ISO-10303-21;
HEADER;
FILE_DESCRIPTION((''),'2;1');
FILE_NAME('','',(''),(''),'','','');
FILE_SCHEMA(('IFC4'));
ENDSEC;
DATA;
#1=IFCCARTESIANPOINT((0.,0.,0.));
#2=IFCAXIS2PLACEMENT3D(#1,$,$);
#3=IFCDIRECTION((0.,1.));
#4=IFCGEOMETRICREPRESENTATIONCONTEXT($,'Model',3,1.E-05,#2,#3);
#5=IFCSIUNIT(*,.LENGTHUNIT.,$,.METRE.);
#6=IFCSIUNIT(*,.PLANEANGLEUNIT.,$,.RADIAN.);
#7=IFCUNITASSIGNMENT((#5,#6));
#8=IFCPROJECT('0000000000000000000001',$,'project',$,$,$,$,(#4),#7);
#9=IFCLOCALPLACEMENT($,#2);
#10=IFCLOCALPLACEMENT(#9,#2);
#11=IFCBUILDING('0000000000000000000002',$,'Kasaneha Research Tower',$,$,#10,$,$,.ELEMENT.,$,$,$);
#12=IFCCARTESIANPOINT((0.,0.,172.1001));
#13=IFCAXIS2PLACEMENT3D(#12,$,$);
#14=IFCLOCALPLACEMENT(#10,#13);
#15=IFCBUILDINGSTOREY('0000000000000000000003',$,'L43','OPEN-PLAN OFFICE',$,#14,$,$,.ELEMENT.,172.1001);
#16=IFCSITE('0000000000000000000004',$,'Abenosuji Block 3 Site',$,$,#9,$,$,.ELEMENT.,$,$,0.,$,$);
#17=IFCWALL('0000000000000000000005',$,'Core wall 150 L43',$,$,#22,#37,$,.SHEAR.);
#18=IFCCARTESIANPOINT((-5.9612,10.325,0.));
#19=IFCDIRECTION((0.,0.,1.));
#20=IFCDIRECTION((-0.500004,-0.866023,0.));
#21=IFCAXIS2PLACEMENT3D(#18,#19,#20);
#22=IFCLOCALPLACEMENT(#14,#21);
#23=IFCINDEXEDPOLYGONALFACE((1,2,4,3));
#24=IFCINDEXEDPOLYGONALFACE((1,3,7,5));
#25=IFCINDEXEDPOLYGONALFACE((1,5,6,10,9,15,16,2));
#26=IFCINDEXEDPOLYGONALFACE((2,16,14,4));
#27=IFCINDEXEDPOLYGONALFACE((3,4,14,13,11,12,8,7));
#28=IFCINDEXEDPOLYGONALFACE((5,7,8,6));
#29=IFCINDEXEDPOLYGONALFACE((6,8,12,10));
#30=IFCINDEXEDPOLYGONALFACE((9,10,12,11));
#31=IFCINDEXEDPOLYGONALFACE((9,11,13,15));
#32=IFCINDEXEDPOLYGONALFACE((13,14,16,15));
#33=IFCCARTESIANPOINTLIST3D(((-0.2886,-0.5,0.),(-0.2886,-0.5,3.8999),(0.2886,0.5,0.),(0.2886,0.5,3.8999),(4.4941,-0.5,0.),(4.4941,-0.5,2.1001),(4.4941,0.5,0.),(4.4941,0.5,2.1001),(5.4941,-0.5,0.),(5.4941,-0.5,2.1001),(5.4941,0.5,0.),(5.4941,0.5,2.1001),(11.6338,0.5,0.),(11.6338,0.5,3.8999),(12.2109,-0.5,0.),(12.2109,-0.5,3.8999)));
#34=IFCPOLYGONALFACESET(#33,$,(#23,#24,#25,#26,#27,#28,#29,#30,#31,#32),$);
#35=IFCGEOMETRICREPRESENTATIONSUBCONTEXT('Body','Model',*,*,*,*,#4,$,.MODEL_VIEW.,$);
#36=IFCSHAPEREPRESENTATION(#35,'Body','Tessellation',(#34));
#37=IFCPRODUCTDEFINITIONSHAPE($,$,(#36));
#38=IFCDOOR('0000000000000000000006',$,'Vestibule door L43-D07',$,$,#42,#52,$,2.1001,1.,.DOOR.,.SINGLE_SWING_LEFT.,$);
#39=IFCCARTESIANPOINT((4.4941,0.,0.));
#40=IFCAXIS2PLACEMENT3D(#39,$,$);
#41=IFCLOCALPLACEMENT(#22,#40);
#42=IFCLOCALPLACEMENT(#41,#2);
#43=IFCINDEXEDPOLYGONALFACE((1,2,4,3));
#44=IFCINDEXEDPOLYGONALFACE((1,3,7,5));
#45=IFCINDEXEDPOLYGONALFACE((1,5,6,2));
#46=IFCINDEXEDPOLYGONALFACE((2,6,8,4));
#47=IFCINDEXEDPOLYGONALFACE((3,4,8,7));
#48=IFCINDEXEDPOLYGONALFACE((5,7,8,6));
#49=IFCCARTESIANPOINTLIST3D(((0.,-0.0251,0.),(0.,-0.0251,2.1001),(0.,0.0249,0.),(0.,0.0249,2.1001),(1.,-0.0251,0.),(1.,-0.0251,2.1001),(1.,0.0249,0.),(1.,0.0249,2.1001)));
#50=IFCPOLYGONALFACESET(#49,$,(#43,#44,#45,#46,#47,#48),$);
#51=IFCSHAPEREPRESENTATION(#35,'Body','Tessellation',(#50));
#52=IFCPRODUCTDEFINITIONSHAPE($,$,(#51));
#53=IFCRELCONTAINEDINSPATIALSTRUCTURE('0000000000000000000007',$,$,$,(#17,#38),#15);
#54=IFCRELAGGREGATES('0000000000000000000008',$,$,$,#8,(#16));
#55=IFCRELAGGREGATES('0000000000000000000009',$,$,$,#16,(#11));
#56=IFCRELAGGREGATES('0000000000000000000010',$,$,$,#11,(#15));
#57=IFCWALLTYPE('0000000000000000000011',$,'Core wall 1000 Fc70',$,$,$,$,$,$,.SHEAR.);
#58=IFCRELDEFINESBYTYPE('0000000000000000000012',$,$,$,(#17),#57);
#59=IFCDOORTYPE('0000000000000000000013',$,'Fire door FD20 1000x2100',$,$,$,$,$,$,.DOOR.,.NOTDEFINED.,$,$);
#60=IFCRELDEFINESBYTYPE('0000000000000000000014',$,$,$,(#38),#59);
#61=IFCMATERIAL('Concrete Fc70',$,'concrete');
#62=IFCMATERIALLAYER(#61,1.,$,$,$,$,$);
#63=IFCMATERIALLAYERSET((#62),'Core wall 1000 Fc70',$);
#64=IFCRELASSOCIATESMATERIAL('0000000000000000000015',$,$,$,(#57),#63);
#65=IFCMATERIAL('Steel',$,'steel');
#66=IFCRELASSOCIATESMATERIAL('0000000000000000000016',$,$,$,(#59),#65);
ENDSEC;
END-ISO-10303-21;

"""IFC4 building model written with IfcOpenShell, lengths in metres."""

from ifc_helpers import new_model, si_unit, direction, frame, frame_2d, origin, place, context, subcontext, project, spatial, polyline, rectangle, outline, extrude, material, layer, layer_set, type_object, element, fill, save


model = new_model("IFC4")

# Units and contexts
model_context = context("Model", 3, precision=1e-05, world=origin(), true_north=direction((0.0, 1.0)))
body_context = subcontext(model_context, "Body", "Model", "MODEL_VIEW")
ifc_project = project(units=[si_unit("LENGTHUNIT", "METRE"), si_unit("PLANEANGLEUNIT", "RADIAN")], contexts=[model_context])

# Site, building, storey
site_placement = place(None, origin())
site = spatial("IfcSite", under=ifc_project, at=site_placement, Name="Abenosuji Block 3 Site", CompositionType="ELEMENT", RefElevation=0.0)
building_placement = place(site_placement, origin())
building = spatial("IfcBuilding", under=site, at=building_placement, Name="Kasaneha Research Tower", CompositionType="ELEMENT")
storey_placement = place(building_placement, frame((0.0, 0.0, 172.1001)))
storey = spatial("IfcBuildingStorey", under=building, at=storey_placement, Name="L43", Description="OPEN-PLAN OFFICE", CompositionType="ELEMENT", Elevation=172.1001)

# Wall, opening, door
ifc_material_1 = material(Name="Concrete Fc70", Category="concrete")
ifc_layer_1 = layer(ifc_material_1, 1.0)
ifc_layer_set_1 = layer_set([ifc_layer_1], Name="Core wall 1000 Fc70")
wall_type_1 = type_object("IfcWallType", Name="Core wall 1000 Fc70", PredefinedType="SHEAR", material=ifc_layer_set_1)
wall_1_placement = place(storey_placement, frame((-5.9612, 10.325, 0.0), z_axis=(0.0, 0.0, 1.0), x_axis=(-0.500004, -0.866023, 0.0)))
wall_1 = element("IfcWall", 1, at=wall_1_placement, inside=storey, type_object=wall_type_1, Name="Core wall 150 L43", PredefinedType="SHEAR", context=body_context, shape_type="SweptSolid", body=[
    extrude(outline(polyline([(-0.2886, -0.5), (4.4941, -0.5), (5.4941, -0.5), (12.2109, -0.5), (11.6338, 0.5), (5.4941, 0.5), (4.4941, 0.5), (0.2886, 0.5), (-0.2886, -0.5)])), origin(), (0.0, 0.0, 1.0), 3.8999),
])
opening_1_placement = place(wall_1_placement, frame((4.4941, 0.0, 0.0)))
opening_1 = element("IfcOpeningElement", 2, at=opening_1_placement, cuts=wall_1, PredefinedType="OPENING", context=body_context, shape_type="SweptSolid", body=[
    extrude(rectangle(XDim=1.0, YDim=2.1001, at=frame_2d((0.5, 1.05))), frame((0.0, 0.51, 0.0), z_axis=(0.0, -1.0, 0.0), x_axis=(1.0, 0.0, 0.0)), (0.0, 0.0, 1.0), 1.02),
])
ifc_material_2 = material(Name="Steel", Category="steel")
door_type_1 = type_object("IfcDoorType", Name="Fire door FD20 1000x2100", OperationType="NOTDEFINED", PredefinedType="DOOR", material=ifc_material_2)
door_1_placement = place(opening_1_placement, origin())
door_1 = element("IfcDoor", 3, at=door_1_placement, inside=storey, type_object=door_type_1, Name="Vestibule door L43-D07", OperationType="SINGLE_SWING_LEFT", OverallHeight=2.1001, OverallWidth=1.0, PredefinedType="DOOR", context=body_context, shape_type="SweptSolid", body=[
    extrude(rectangle(XDim=1.0, YDim=2.1001, at=frame_2d((0.5, 1.05))), frame((0.0, 0.0249, 0.0), z_axis=(0.0, -1.0, 0.0), x_axis=(1.0, 0.0, 0.0)), (0.0, 0.0, 1.0), 0.05),
])
fill(opening_1, door_1)

save(model, "model.ifc")
